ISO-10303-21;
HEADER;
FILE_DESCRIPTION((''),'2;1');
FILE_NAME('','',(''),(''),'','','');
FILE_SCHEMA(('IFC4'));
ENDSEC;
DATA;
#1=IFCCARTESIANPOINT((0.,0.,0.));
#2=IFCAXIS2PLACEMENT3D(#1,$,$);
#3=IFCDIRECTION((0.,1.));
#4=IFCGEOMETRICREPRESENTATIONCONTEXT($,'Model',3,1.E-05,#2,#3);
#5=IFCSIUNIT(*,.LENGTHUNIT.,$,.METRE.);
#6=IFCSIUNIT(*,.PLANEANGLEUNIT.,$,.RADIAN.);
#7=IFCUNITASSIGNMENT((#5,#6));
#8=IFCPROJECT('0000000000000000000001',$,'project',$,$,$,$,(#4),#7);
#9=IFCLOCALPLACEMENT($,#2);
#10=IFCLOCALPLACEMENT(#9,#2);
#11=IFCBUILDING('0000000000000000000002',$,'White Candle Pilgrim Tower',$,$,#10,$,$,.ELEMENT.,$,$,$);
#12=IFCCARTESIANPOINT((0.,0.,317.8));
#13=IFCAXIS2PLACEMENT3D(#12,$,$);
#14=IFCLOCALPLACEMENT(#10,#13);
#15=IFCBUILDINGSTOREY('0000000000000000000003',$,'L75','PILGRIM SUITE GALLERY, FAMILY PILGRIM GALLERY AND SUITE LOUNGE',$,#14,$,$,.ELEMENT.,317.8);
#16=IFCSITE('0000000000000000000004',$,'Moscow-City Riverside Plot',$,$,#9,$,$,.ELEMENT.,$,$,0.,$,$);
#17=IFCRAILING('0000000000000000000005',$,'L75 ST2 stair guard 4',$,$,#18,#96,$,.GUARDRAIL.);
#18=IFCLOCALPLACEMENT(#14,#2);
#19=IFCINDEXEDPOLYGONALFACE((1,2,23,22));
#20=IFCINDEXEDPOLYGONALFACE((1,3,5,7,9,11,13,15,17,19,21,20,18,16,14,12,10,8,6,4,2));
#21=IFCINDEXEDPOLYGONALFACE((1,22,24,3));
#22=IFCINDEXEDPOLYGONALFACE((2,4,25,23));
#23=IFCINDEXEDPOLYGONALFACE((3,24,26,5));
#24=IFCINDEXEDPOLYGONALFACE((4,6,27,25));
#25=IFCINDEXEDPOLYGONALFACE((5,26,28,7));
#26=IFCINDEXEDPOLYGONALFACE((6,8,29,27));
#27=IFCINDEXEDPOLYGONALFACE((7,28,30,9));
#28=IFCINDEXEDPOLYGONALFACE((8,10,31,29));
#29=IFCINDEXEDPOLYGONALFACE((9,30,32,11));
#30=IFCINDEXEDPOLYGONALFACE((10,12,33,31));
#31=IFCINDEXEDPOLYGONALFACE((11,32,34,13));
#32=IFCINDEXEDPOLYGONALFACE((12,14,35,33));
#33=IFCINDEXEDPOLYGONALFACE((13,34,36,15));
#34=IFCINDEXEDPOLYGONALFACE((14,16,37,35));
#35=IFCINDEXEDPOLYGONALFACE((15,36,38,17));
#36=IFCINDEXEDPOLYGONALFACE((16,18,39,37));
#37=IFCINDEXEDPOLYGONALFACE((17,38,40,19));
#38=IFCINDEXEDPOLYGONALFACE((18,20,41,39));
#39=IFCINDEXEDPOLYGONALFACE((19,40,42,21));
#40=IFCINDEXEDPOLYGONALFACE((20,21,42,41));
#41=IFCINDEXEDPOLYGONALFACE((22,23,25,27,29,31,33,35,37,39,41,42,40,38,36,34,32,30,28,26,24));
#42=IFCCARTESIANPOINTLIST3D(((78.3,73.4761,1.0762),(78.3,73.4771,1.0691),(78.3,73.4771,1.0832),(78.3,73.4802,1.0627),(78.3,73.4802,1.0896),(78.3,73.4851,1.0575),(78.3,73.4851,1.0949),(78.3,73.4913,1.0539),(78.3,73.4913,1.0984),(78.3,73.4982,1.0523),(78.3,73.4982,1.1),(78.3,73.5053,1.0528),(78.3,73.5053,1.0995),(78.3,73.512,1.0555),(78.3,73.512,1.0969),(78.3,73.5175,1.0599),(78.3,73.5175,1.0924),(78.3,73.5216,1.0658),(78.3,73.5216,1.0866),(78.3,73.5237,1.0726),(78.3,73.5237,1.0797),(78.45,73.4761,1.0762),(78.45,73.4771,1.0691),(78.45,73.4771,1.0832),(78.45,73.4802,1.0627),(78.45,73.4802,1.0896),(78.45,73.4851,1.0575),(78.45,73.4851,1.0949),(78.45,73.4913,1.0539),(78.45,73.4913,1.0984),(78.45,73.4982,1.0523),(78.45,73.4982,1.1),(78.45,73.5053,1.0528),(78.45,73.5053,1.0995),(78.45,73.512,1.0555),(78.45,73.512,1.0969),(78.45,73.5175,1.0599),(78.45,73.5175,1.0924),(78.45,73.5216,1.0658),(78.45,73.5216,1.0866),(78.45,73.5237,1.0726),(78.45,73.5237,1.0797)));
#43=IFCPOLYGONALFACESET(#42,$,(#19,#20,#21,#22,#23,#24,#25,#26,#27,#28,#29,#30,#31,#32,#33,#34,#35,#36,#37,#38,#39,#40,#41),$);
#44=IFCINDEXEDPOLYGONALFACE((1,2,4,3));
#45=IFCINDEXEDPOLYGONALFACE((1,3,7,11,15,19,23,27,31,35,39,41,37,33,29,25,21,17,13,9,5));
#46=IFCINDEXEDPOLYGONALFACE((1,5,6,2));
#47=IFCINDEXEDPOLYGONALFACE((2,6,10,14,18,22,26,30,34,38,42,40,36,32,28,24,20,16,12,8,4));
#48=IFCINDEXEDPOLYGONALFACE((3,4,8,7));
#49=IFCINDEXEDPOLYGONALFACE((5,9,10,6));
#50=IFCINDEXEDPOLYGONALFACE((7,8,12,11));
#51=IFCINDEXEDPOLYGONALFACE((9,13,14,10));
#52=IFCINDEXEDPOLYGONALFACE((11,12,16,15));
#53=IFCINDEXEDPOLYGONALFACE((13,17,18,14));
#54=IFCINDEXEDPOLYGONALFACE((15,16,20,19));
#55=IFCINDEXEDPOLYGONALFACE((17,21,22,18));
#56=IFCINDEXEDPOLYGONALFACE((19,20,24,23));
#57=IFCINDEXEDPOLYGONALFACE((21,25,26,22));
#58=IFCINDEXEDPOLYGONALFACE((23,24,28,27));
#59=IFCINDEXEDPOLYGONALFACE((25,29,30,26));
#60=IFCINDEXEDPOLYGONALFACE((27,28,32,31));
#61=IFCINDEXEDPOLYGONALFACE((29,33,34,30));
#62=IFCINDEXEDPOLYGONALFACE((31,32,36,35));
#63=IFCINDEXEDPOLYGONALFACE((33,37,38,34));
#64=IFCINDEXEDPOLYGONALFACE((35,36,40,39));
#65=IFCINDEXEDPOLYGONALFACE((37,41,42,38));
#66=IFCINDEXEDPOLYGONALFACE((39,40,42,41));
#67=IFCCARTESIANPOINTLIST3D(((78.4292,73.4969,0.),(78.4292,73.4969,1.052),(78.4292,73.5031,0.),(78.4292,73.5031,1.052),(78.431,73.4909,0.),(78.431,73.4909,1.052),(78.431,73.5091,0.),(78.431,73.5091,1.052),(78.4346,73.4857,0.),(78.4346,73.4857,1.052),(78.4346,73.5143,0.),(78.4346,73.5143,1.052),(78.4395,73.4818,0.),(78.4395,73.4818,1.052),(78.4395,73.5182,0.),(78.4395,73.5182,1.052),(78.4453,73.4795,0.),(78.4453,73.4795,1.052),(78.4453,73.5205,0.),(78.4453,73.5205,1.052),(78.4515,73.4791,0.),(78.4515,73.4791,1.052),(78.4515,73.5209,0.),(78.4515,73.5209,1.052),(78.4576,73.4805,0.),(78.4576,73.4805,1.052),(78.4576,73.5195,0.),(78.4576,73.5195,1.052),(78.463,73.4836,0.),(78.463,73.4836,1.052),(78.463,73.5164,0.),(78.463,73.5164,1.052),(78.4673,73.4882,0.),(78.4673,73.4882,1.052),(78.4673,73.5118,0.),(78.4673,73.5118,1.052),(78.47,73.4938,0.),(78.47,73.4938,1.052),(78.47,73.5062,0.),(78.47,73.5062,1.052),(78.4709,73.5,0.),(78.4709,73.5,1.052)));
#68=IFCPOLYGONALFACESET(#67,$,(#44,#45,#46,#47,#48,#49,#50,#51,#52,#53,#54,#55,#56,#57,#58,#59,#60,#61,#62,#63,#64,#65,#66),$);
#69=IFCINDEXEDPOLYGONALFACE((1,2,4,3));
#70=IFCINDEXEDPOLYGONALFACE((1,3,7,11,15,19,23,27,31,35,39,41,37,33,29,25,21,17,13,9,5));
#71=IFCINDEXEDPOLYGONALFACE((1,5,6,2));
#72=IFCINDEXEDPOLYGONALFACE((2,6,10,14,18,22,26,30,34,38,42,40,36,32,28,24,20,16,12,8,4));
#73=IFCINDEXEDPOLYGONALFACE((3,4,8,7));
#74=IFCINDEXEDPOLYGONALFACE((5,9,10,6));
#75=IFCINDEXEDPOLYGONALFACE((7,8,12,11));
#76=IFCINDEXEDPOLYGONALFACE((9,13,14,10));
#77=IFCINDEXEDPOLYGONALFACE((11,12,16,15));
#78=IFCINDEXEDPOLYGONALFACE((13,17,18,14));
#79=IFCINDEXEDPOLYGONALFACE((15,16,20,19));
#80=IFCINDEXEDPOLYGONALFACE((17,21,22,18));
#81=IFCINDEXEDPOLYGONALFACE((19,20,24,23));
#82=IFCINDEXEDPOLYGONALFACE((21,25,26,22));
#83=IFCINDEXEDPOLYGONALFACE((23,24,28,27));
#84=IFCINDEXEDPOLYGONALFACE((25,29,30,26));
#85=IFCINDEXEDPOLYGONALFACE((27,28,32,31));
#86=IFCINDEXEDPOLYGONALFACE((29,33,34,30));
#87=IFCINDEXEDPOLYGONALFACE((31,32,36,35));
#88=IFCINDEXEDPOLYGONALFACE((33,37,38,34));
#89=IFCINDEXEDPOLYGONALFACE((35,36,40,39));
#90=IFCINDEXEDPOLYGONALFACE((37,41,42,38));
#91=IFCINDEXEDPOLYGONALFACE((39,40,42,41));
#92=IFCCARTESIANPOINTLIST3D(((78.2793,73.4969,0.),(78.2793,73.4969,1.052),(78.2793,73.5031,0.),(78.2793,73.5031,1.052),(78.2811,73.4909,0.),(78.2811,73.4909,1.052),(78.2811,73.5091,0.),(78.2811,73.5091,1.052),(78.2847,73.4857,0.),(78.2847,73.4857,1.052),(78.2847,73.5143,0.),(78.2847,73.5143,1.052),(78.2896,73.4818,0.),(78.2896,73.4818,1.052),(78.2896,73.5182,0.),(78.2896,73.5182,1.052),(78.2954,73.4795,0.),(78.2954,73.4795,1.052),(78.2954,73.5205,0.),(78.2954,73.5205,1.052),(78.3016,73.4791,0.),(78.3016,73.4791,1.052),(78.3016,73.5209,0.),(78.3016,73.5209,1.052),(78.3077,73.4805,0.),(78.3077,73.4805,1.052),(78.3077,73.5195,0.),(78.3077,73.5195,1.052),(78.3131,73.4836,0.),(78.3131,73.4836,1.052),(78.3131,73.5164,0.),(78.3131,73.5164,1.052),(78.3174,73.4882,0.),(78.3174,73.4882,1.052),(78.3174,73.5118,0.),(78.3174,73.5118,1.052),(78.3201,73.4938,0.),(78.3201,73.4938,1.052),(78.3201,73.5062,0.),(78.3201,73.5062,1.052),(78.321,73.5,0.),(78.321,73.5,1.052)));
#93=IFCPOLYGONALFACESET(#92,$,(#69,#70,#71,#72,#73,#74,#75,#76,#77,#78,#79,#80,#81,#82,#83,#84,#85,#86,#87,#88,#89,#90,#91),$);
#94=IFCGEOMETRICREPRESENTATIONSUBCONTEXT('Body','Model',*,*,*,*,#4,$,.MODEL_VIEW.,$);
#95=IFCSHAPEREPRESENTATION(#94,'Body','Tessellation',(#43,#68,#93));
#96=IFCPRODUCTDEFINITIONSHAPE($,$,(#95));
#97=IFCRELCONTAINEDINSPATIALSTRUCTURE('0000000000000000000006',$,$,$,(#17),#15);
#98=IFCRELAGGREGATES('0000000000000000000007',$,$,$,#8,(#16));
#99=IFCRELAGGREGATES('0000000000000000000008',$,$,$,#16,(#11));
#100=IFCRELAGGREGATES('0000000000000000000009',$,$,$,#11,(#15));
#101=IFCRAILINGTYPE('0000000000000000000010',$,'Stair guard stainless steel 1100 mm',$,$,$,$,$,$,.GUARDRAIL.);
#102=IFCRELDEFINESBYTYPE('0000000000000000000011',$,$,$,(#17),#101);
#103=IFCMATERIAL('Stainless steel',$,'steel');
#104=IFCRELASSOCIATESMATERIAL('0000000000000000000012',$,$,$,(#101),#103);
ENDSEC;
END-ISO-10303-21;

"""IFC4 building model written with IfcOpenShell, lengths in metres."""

from ifc_helpers import new_model, si_unit, direction, frame, origin, origin_2d, place, context, subcontext, project, spatial, circle, extrude, material, type_object, element, save


model = new_model("IFC4")

# Units and contexts
model_context = context("Model", 3, precision=1e-05, world=origin(), true_north=direction((0.0, 1.0)))
body_context = subcontext(model_context, "Body", "Model", "MODEL_VIEW")
ifc_project = project(units=[si_unit("LENGTHUNIT", "METRE"), si_unit("PLANEANGLEUNIT", "RADIAN")], contexts=[model_context])

# Site, building, storey
site_placement = place(None, origin())
site = spatial("IfcSite", under=ifc_project, at=site_placement, Name="Moscow-City Riverside Plot", CompositionType="ELEMENT", RefElevation=0.0)
building_placement = place(site_placement, origin())
building = spatial("IfcBuilding", under=site, at=building_placement, Name="White Candle Pilgrim Tower", CompositionType="ELEMENT")
storey_placement = place(building_placement, frame((0.0, 0.0, 317.8)))
storey = spatial("IfcBuildingStorey", under=building, at=storey_placement, Name="L75", Description="PILGRIM SUITE GALLERY, FAMILY PILGRIM GALLERY AND SUITE LOUNGE", CompositionType="ELEMENT", Elevation=317.8)

# Railing
ifc_material_1 = material(Name="Stainless steel", Category="steel")
railing_type_1 = type_object("IfcRailingType", Name="Stair guard stainless steel 1100 mm", PredefinedType="GUARDRAIL", material=ifc_material_1)
railing_1_placement = place(storey_placement, frame((78.45, 73.5, 0.0)))
element("IfcRailing", 1, at=railing_1_placement, inside=storey, type_object=railing_type_1, Name="L75 ST2 stair guard 4", PredefinedType="GUARDRAIL", context=body_context, shape_type="SweptSolid", body=[
    extrude(circle(Radius=0.0239, at=origin_2d()), frame((0.0, 0.0, 1.0762), z_axis=(-1.0, 0.0, 0.0), x_axis=(0.0, -1.0, 0.0)), (0.0, 0.0, 1.0), 0.1499),
    extrude(circle(Radius=0.021, at=origin_2d()), origin(), (0.0, 0.0, 1.0), 1.052),
    extrude(circle(Radius=0.021, at=origin_2d()), frame((-0.1499, 0.0, 0.0)), (0.0, 0.0, 1.0), 1.052),
])

save(model, "model.ifc")
